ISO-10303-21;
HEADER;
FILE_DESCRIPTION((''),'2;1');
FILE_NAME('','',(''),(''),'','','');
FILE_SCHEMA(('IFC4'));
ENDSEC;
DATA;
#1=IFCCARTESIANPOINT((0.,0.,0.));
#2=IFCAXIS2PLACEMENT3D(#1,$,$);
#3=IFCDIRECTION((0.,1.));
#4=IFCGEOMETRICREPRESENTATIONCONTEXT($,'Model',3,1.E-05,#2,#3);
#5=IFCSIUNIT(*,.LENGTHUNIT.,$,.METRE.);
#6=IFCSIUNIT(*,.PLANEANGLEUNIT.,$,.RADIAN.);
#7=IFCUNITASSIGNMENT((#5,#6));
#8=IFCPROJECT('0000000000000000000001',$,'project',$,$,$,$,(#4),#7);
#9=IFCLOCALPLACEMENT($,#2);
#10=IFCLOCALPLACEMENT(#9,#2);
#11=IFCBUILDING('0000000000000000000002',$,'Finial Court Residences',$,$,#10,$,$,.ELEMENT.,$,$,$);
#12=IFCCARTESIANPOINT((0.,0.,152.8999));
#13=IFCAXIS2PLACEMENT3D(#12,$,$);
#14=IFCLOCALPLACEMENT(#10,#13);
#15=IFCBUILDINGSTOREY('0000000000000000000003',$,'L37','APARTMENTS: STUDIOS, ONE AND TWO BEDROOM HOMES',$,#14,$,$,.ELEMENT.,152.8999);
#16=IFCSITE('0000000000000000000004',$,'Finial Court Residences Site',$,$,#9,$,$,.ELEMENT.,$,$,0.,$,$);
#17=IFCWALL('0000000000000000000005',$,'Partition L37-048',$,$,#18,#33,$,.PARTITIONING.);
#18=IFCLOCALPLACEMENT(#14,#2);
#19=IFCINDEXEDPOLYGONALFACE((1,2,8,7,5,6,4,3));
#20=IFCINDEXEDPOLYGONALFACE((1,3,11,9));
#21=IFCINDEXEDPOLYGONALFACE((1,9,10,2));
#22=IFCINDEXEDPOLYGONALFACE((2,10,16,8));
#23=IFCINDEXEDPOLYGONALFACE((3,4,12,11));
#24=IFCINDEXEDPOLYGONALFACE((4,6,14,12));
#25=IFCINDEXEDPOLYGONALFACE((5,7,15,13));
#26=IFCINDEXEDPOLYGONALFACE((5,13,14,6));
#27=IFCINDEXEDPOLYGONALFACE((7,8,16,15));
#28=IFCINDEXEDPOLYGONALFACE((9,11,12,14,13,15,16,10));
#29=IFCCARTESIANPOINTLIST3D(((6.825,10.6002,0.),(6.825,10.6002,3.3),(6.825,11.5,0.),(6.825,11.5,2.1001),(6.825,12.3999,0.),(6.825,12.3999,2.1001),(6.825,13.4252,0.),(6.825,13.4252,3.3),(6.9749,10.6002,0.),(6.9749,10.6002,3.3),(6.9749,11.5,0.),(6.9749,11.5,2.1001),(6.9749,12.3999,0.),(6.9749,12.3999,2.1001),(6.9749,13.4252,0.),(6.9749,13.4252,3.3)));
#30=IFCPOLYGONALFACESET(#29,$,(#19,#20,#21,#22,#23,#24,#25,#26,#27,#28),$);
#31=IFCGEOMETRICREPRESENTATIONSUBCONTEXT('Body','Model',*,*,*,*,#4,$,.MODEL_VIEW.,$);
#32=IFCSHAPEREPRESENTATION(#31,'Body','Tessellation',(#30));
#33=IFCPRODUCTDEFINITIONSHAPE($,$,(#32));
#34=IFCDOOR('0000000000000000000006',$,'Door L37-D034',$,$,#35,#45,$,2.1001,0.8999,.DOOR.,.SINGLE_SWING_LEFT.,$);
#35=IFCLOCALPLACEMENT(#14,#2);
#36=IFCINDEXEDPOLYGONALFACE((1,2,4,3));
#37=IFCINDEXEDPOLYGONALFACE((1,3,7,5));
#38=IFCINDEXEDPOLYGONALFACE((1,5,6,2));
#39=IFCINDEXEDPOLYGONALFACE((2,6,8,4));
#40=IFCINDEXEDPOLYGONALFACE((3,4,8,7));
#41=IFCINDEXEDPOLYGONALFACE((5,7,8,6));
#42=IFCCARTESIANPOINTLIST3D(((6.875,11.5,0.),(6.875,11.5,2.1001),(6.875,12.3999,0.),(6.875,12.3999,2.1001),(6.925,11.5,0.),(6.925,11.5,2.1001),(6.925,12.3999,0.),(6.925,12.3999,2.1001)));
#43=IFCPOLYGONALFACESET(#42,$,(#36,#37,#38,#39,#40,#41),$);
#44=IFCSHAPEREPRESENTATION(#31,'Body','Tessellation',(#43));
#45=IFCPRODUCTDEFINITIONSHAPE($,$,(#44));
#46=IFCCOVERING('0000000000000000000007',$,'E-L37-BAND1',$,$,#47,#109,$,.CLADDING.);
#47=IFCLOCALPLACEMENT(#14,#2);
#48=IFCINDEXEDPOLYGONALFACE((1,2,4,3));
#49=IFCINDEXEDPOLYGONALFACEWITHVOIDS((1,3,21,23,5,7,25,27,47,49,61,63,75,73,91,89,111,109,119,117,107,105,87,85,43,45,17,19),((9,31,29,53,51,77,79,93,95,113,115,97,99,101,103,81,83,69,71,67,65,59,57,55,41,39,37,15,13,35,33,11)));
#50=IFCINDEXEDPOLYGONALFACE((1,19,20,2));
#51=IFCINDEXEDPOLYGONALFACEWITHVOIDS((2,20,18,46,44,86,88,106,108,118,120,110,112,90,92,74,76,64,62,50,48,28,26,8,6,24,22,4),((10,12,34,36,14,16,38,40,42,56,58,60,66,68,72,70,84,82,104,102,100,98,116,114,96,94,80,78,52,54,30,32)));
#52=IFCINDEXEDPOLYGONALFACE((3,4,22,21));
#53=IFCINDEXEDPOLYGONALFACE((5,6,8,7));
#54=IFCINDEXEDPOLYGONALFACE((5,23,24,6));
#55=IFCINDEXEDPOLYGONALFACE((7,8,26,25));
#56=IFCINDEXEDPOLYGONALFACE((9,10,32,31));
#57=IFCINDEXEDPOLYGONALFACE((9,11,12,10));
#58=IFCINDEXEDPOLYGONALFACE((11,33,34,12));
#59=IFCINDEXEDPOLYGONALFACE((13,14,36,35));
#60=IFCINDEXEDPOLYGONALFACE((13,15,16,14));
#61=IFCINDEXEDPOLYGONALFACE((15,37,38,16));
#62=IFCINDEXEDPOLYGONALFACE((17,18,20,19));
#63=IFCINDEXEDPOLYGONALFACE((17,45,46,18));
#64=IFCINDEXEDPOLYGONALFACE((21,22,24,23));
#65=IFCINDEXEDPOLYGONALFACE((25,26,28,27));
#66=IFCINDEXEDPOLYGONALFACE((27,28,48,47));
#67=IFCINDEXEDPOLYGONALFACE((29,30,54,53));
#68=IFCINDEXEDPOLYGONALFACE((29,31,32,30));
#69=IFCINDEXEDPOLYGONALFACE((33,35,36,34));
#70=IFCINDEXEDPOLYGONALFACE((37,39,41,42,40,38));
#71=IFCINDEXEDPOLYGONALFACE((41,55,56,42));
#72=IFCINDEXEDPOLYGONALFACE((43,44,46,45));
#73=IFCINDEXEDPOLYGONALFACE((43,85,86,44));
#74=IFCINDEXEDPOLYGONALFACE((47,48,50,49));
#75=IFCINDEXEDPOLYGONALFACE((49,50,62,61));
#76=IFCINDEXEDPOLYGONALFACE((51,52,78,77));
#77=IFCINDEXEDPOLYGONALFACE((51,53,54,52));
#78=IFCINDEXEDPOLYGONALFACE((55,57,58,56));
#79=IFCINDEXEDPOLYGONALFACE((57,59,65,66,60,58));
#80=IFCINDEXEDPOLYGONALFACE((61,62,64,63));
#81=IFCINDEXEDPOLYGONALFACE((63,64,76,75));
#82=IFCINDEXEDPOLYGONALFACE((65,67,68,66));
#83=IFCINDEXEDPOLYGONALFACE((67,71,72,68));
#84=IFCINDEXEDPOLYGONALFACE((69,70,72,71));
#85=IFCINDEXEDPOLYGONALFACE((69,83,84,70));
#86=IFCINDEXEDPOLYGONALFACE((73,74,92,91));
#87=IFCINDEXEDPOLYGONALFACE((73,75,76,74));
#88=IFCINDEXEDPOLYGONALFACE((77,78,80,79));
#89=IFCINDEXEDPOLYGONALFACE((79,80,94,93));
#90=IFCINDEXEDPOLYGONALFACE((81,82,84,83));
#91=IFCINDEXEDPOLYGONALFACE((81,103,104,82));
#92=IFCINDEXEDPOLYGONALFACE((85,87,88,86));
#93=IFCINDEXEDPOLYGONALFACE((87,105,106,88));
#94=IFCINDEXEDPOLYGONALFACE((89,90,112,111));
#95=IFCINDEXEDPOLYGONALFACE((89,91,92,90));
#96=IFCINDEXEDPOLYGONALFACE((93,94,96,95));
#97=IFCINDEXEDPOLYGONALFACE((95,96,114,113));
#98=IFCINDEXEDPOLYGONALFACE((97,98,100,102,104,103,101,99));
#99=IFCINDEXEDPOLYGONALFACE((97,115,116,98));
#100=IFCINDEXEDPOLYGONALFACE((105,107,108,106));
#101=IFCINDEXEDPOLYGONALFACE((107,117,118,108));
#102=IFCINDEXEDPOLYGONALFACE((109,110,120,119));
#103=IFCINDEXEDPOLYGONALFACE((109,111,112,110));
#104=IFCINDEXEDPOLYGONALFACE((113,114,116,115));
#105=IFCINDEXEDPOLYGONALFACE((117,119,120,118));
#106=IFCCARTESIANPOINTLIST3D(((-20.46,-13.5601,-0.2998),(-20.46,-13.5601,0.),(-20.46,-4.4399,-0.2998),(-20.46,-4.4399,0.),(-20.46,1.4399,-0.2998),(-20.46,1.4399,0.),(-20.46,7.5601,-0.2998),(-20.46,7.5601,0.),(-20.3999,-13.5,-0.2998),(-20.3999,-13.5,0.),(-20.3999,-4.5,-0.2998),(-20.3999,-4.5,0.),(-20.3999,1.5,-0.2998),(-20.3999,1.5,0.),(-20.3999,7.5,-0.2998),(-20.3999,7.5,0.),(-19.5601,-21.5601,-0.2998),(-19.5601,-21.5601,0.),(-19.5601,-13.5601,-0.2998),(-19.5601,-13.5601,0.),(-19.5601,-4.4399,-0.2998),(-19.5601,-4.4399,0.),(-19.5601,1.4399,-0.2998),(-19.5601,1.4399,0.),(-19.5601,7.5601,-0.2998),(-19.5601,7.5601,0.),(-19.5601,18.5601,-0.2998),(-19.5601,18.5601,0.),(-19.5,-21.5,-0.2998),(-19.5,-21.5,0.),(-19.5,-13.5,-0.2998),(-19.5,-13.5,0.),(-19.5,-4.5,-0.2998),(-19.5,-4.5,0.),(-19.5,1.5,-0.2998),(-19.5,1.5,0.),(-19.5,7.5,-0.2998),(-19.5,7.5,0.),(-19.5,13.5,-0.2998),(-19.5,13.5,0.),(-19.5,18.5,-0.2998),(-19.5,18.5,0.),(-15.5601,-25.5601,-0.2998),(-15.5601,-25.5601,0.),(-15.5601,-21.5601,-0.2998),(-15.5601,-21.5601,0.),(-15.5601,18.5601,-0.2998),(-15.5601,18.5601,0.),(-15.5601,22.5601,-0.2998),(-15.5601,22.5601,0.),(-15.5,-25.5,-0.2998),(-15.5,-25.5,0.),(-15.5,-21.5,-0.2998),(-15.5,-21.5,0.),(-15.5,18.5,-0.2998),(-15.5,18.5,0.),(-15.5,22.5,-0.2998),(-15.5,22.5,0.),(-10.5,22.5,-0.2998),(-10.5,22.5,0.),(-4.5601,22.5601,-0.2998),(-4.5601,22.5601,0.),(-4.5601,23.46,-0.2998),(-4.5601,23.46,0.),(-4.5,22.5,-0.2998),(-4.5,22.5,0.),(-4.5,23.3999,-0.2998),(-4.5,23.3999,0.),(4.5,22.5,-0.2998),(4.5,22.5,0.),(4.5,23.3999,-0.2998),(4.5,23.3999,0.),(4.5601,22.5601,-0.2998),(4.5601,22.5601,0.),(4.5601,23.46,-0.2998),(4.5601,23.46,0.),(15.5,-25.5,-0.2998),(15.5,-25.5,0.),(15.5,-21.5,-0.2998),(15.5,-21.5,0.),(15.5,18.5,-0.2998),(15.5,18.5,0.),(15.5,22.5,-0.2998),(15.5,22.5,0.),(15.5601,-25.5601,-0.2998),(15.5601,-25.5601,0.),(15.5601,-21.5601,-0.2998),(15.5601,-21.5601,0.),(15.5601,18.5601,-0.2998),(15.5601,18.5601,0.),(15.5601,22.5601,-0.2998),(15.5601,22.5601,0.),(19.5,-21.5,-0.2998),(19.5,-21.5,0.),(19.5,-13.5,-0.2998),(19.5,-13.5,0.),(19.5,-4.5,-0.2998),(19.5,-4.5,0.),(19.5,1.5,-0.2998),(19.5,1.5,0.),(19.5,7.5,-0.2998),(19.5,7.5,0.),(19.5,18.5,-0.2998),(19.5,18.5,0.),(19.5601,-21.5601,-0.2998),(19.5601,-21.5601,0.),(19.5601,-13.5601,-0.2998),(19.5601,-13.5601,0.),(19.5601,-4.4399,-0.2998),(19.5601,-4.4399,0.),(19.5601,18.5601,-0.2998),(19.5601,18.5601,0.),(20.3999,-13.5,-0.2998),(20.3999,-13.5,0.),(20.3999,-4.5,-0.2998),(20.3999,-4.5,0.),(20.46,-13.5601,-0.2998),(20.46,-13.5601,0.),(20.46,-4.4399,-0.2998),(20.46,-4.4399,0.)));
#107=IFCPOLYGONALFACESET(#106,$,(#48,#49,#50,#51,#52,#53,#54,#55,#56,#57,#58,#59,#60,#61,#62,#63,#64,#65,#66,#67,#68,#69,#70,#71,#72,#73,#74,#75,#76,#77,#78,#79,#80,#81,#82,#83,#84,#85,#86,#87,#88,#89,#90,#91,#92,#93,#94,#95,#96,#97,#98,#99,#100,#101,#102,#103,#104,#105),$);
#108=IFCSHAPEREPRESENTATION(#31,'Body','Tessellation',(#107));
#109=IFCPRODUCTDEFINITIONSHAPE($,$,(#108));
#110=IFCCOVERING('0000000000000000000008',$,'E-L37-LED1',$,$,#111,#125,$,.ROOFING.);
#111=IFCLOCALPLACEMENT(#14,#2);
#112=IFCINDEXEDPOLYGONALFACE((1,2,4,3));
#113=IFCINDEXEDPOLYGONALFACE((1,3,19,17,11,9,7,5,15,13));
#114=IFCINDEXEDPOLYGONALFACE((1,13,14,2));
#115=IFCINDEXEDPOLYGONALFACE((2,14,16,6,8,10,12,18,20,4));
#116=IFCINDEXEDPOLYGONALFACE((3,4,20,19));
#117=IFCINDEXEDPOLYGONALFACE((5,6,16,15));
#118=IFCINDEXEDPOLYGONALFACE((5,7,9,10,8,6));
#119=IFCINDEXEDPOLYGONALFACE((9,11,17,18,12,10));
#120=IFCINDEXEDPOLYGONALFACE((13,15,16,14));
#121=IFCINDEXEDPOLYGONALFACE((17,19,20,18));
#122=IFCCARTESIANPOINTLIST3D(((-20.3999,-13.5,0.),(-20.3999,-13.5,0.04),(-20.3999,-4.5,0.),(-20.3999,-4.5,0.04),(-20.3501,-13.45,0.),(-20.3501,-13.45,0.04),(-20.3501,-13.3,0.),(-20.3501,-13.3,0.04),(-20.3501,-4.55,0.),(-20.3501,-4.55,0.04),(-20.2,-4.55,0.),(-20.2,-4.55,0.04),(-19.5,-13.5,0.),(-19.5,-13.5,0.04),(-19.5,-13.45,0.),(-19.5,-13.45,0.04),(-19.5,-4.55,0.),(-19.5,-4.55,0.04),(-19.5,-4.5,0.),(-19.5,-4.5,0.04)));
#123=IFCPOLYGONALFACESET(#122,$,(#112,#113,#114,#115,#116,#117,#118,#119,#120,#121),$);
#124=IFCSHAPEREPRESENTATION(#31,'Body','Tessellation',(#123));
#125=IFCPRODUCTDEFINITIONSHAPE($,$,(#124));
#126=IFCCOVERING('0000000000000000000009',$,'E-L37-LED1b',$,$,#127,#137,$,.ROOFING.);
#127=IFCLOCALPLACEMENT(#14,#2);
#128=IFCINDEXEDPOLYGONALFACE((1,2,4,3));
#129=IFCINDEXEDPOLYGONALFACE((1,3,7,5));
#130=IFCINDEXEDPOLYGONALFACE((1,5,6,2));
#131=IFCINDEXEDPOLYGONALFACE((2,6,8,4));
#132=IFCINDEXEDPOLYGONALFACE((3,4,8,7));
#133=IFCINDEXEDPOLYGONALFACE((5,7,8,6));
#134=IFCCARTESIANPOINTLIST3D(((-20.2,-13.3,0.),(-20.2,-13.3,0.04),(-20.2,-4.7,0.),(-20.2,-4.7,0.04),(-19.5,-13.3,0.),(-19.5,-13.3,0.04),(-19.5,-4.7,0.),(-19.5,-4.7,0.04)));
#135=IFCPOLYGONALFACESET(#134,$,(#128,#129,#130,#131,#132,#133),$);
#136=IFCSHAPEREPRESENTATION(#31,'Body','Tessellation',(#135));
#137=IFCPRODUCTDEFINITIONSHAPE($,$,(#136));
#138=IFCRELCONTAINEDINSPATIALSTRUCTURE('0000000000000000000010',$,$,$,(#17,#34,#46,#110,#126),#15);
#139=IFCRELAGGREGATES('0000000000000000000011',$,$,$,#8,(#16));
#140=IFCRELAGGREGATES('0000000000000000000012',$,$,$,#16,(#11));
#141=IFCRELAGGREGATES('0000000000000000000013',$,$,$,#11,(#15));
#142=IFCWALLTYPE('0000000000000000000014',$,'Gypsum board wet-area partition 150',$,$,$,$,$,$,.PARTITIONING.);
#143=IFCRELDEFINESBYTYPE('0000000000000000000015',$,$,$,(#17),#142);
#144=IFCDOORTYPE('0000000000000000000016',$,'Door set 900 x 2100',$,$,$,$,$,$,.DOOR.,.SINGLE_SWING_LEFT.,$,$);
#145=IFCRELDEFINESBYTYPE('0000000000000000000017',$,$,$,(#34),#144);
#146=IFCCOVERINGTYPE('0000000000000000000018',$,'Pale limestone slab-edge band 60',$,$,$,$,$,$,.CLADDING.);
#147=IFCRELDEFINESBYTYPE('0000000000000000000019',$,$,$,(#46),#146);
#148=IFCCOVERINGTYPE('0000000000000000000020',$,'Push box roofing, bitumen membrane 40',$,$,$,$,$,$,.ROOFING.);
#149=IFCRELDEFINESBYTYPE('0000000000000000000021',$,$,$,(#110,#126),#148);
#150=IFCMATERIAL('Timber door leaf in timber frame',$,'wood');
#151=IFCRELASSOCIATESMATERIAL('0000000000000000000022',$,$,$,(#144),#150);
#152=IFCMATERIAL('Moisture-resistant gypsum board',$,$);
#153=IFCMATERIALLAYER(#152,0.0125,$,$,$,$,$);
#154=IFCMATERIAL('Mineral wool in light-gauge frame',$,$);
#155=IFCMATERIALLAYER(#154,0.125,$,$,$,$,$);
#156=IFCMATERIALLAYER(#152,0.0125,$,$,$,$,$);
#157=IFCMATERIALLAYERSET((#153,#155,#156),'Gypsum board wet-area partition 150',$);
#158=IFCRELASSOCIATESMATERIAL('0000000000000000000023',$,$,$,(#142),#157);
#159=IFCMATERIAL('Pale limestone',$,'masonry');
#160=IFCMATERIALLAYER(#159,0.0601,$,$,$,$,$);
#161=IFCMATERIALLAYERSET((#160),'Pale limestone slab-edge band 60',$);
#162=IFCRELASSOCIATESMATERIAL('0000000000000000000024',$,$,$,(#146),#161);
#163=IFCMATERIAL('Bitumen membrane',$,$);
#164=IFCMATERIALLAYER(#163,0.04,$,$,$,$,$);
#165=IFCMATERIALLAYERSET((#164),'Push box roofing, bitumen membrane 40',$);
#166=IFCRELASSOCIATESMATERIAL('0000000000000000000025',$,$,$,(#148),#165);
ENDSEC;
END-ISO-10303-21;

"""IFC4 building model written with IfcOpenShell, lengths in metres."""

from ifc_helpers import new_model, si_unit, direction, frame, frame_2d, origin, place, context, subcontext, project, spatial, polyline, rectangle, outline, extrude, material, layer, layer_set, type_object, element, fill, save


model = new_model("IFC4")

# Units and contexts
model_context = context("Model", 3, precision=1e-05, world=origin(), true_north=direction((0.0, 1.0)))
body_context = subcontext(model_context, "Body", "Model", "MODEL_VIEW")
ifc_project = project(units=[si_unit("LENGTHUNIT", "METRE"), si_unit("PLANEANGLEUNIT", "RADIAN")], contexts=[model_context])

# Site, building, storey
site_placement = place(None, origin())
site = spatial("IfcSite", under=ifc_project, at=site_placement, Name="Finial Court Residences Site", CompositionType="ELEMENT", RefElevation=0.0)
building_placement = place(site_placement, origin())
building = spatial("IfcBuilding", under=site, at=building_placement, Name="Finial Court Residences", CompositionType="ELEMENT")
storey_placement = place(building_placement, frame((0.0, 0.0, 152.8999)))
storey = spatial("IfcBuildingStorey", under=building, at=storey_placement, Name="L37", Description="APARTMENTS: STUDIOS, ONE AND TWO BEDROOM HOMES", CompositionType="ELEMENT", Elevation=152.8999)

# Shared definitions
ifc_material_1 = material(Name="Mineral wool in light-gauge frame")
ifc_material_2 = material(Name="Timber door leaf in timber frame", Category="wood")
door_type = type_object("IfcDoorType", Name="Door set 900 x 2100", OperationType="SINGLE_SWING_LEFT", PredefinedType="DOOR", material=ifc_material_2)
ifc_material_3 = material(Name="Moisture-resistant gypsum board")
ifc_layer_1 = layer(ifc_material_3, 0.0125)
ifc_layer_2 = layer(ifc_material_1, 0.125)
ifc_layer_3 = layer(ifc_material_3, 0.0125)
ifc_layer_set_1 = layer_set([ifc_layer_1, ifc_layer_2, ifc_layer_3], Name="Gypsum board wet-area partition 150")
wall_type_1 = type_object("IfcWallType", Name="Gypsum board wet-area partition 150", PredefinedType="PARTITIONING", material=ifc_layer_set_1)

# Wall, opening, door
wall_1_placement = place(storey_placement, frame((6.8999, 10.6001, 0.0), z_axis=(0.0, 0.0, 1.0), x_axis=(0.0, 1.0, 0.0)))
wall_1 = element("IfcWall", 1, at=wall_1_placement, inside=storey, type_object=wall_type_1, Name="Partition L37-048", PredefinedType="PARTITIONING", context=body_context, shape_type="SweptSolid", body=[
    extrude(rectangle(XDim=2.825, YDim=0.1499, at=frame_2d((1.4126, 0.0))), origin(), (0.0, 0.0, 1.0), 3.3),
])
opening_1_placement = place(wall_1_placement, frame((0.8999, 0.0, 0.0)))
opening_1 = element("IfcOpeningElement", 2, at=opening_1_placement, cuts=wall_1, PredefinedType="OPENING", context=body_context, shape_type="SweptSolid", body=[
    extrude(rectangle(XDim=0.8999, YDim=2.1001, at=frame_2d((0.45, 1.05))), frame((0.0, 0.085, 0.0), z_axis=(0.0, -1.0, 0.0), x_axis=(1.0, 0.0, 0.0)), (0.0, 0.0, 1.0), 0.1699),
])
door_1_placement = place(opening_1_placement, origin())
door_1 = element("IfcDoor", 3, at=door_1_placement, inside=storey, type_object=door_type, Name="Door L37-D034", OperationType="SINGLE_SWING_LEFT", OverallHeight=2.1001, OverallWidth=0.8999, PredefinedType="DOOR", context=body_context, shape_type="SweptSolid", body=[
    extrude(rectangle(XDim=0.8999, YDim=2.1001, at=frame_2d((0.45, 1.05))), frame((0.0, 0.0249, 0.0), z_axis=(0.0, -1.0, 0.0), x_axis=(1.0, 0.0, 0.0)), (0.0, 0.0, 1.0), 0.05),
])
fill(opening_1, door_1)

# Coverings
ifc_material_4 = material(Name="Pale limestone", Category="masonry")
ifc_layer_4 = layer(ifc_material_4, 0.0601)
ifc_layer_set_2 = layer_set([ifc_layer_4], Name="Pale limestone slab-edge band 60")
covering_type_1 = type_object("IfcCoveringType", Name="Pale limestone slab-edge band 60", PredefinedType="CLADDING", material=ifc_layer_set_2)
covering_1_placement = place(storey_placement, frame((0.0, 0.0, -0.2998)))
element("IfcCovering", 4, at=covering_1_placement, inside=storey, type_object=covering_type_1, Name="E-L37-BAND1", PredefinedType="CLADDING", context=body_context, shape_type="SweptSolid", body=[
    extrude(outline(polyline([(-20.46, -4.4399), (-19.5601, -4.4399), (-19.5601, 1.4399), (-20.46, 1.4399), (-20.46, 7.5601), (-19.5601, 7.5601), (-19.5601, 18.5601), (-15.5601, 18.5601), (-15.5601, 22.5601), (-4.5601, 22.5601), (-4.5601, 23.46), (4.5601, 23.46), (4.5601, 22.5601), (15.5601, 22.5601), (15.5601, 18.5601), (19.5601, 18.5601), (19.5601, -4.4399), (20.46, -4.4399), (20.46, -13.5601), (19.5601, -13.5601), (19.5601, -21.5601), (15.5601, -21.5601), (15.5601, -25.5601), (-15.5601, -25.5601), (-15.5601, -21.5601), (-19.5601, -21.5601), (-19.5601, -13.5601), (-20.46, -13.5601), (-20.46, -4.4399)]), holes=[polyline([(-19.5, -13.5), (-19.5, -21.5), (-15.5, -21.5), (-15.5, -25.5), (15.5, -25.5), (15.5, -21.5), (19.5, -21.5), (19.5, -13.5), (20.3999, -13.5), (20.3999, -4.5), (19.5, -4.5), (19.5, 1.5), (19.5, 7.5), (19.5, 18.5), (15.5, 18.5), (15.5, 22.5), (4.5, 22.5), (4.5, 23.3999), (-4.5, 23.3999), (-4.5, 22.5), (-10.5, 22.5), (-15.5, 22.5), (-15.5, 18.5), (-19.5, 18.5), (-19.5, 13.5), (-19.5, 7.5), (-20.3999, 7.5), (-20.3999, 1.5), (-19.5, 1.5), (-19.5, -4.5), (-20.3999, -4.5), (-20.3999, -13.5), (-19.5, -13.5)])]), origin(), (0.0, 0.0, 1.0), 0.2998),
])
ifc_material_5 = material(Name="Bitumen membrane")
ifc_layer_5 = layer(ifc_material_5, 0.04)
ifc_layer_set_3 = layer_set([ifc_layer_5], Name="Push box roofing, bitumen membrane 40")
covering_type_2 = type_object("IfcCoveringType", Name="Push box roofing, bitumen membrane 40", PredefinedType="ROOFING", material=ifc_layer_set_3)
covering_2_placement = place(storey_placement, origin())
element("IfcCovering", 5, at=covering_2_placement, inside=storey, type_object=covering_type_2, Name="E-L37-LED1", PredefinedType="ROOFING", context=body_context, shape_type="SweptSolid", body=[
    extrude(outline(polyline([(-19.5, -4.55), (-20.2, -4.55), (-20.3501, -4.55), (-20.3501, -13.3), (-20.3501, -13.3), (-20.3501, -13.45), (-19.5, -13.45), (-19.5, -13.5), (-20.3999, -13.5), (-20.3999, -4.5), (-19.5, -4.5), (-19.5, -4.55)])), origin(), (0.0, 0.0, 1.0), 0.04),
])
covering_3_placement = place(storey_placement, origin())
element("IfcCovering", 6, at=covering_3_placement, inside=storey, type_object=covering_type_2, Name="E-L37-LED1b", PredefinedType="ROOFING", context=body_context, shape_type="SweptSolid", body=[
    extrude(outline(polyline([(-19.5, -13.3), (-20.2, -13.3), (-20.2, -4.7), (-19.5, -4.7), (-19.5, -13.3)])), origin(), (0.0, 0.0, 1.0), 0.04),
])

save(model, "model.ifc")
